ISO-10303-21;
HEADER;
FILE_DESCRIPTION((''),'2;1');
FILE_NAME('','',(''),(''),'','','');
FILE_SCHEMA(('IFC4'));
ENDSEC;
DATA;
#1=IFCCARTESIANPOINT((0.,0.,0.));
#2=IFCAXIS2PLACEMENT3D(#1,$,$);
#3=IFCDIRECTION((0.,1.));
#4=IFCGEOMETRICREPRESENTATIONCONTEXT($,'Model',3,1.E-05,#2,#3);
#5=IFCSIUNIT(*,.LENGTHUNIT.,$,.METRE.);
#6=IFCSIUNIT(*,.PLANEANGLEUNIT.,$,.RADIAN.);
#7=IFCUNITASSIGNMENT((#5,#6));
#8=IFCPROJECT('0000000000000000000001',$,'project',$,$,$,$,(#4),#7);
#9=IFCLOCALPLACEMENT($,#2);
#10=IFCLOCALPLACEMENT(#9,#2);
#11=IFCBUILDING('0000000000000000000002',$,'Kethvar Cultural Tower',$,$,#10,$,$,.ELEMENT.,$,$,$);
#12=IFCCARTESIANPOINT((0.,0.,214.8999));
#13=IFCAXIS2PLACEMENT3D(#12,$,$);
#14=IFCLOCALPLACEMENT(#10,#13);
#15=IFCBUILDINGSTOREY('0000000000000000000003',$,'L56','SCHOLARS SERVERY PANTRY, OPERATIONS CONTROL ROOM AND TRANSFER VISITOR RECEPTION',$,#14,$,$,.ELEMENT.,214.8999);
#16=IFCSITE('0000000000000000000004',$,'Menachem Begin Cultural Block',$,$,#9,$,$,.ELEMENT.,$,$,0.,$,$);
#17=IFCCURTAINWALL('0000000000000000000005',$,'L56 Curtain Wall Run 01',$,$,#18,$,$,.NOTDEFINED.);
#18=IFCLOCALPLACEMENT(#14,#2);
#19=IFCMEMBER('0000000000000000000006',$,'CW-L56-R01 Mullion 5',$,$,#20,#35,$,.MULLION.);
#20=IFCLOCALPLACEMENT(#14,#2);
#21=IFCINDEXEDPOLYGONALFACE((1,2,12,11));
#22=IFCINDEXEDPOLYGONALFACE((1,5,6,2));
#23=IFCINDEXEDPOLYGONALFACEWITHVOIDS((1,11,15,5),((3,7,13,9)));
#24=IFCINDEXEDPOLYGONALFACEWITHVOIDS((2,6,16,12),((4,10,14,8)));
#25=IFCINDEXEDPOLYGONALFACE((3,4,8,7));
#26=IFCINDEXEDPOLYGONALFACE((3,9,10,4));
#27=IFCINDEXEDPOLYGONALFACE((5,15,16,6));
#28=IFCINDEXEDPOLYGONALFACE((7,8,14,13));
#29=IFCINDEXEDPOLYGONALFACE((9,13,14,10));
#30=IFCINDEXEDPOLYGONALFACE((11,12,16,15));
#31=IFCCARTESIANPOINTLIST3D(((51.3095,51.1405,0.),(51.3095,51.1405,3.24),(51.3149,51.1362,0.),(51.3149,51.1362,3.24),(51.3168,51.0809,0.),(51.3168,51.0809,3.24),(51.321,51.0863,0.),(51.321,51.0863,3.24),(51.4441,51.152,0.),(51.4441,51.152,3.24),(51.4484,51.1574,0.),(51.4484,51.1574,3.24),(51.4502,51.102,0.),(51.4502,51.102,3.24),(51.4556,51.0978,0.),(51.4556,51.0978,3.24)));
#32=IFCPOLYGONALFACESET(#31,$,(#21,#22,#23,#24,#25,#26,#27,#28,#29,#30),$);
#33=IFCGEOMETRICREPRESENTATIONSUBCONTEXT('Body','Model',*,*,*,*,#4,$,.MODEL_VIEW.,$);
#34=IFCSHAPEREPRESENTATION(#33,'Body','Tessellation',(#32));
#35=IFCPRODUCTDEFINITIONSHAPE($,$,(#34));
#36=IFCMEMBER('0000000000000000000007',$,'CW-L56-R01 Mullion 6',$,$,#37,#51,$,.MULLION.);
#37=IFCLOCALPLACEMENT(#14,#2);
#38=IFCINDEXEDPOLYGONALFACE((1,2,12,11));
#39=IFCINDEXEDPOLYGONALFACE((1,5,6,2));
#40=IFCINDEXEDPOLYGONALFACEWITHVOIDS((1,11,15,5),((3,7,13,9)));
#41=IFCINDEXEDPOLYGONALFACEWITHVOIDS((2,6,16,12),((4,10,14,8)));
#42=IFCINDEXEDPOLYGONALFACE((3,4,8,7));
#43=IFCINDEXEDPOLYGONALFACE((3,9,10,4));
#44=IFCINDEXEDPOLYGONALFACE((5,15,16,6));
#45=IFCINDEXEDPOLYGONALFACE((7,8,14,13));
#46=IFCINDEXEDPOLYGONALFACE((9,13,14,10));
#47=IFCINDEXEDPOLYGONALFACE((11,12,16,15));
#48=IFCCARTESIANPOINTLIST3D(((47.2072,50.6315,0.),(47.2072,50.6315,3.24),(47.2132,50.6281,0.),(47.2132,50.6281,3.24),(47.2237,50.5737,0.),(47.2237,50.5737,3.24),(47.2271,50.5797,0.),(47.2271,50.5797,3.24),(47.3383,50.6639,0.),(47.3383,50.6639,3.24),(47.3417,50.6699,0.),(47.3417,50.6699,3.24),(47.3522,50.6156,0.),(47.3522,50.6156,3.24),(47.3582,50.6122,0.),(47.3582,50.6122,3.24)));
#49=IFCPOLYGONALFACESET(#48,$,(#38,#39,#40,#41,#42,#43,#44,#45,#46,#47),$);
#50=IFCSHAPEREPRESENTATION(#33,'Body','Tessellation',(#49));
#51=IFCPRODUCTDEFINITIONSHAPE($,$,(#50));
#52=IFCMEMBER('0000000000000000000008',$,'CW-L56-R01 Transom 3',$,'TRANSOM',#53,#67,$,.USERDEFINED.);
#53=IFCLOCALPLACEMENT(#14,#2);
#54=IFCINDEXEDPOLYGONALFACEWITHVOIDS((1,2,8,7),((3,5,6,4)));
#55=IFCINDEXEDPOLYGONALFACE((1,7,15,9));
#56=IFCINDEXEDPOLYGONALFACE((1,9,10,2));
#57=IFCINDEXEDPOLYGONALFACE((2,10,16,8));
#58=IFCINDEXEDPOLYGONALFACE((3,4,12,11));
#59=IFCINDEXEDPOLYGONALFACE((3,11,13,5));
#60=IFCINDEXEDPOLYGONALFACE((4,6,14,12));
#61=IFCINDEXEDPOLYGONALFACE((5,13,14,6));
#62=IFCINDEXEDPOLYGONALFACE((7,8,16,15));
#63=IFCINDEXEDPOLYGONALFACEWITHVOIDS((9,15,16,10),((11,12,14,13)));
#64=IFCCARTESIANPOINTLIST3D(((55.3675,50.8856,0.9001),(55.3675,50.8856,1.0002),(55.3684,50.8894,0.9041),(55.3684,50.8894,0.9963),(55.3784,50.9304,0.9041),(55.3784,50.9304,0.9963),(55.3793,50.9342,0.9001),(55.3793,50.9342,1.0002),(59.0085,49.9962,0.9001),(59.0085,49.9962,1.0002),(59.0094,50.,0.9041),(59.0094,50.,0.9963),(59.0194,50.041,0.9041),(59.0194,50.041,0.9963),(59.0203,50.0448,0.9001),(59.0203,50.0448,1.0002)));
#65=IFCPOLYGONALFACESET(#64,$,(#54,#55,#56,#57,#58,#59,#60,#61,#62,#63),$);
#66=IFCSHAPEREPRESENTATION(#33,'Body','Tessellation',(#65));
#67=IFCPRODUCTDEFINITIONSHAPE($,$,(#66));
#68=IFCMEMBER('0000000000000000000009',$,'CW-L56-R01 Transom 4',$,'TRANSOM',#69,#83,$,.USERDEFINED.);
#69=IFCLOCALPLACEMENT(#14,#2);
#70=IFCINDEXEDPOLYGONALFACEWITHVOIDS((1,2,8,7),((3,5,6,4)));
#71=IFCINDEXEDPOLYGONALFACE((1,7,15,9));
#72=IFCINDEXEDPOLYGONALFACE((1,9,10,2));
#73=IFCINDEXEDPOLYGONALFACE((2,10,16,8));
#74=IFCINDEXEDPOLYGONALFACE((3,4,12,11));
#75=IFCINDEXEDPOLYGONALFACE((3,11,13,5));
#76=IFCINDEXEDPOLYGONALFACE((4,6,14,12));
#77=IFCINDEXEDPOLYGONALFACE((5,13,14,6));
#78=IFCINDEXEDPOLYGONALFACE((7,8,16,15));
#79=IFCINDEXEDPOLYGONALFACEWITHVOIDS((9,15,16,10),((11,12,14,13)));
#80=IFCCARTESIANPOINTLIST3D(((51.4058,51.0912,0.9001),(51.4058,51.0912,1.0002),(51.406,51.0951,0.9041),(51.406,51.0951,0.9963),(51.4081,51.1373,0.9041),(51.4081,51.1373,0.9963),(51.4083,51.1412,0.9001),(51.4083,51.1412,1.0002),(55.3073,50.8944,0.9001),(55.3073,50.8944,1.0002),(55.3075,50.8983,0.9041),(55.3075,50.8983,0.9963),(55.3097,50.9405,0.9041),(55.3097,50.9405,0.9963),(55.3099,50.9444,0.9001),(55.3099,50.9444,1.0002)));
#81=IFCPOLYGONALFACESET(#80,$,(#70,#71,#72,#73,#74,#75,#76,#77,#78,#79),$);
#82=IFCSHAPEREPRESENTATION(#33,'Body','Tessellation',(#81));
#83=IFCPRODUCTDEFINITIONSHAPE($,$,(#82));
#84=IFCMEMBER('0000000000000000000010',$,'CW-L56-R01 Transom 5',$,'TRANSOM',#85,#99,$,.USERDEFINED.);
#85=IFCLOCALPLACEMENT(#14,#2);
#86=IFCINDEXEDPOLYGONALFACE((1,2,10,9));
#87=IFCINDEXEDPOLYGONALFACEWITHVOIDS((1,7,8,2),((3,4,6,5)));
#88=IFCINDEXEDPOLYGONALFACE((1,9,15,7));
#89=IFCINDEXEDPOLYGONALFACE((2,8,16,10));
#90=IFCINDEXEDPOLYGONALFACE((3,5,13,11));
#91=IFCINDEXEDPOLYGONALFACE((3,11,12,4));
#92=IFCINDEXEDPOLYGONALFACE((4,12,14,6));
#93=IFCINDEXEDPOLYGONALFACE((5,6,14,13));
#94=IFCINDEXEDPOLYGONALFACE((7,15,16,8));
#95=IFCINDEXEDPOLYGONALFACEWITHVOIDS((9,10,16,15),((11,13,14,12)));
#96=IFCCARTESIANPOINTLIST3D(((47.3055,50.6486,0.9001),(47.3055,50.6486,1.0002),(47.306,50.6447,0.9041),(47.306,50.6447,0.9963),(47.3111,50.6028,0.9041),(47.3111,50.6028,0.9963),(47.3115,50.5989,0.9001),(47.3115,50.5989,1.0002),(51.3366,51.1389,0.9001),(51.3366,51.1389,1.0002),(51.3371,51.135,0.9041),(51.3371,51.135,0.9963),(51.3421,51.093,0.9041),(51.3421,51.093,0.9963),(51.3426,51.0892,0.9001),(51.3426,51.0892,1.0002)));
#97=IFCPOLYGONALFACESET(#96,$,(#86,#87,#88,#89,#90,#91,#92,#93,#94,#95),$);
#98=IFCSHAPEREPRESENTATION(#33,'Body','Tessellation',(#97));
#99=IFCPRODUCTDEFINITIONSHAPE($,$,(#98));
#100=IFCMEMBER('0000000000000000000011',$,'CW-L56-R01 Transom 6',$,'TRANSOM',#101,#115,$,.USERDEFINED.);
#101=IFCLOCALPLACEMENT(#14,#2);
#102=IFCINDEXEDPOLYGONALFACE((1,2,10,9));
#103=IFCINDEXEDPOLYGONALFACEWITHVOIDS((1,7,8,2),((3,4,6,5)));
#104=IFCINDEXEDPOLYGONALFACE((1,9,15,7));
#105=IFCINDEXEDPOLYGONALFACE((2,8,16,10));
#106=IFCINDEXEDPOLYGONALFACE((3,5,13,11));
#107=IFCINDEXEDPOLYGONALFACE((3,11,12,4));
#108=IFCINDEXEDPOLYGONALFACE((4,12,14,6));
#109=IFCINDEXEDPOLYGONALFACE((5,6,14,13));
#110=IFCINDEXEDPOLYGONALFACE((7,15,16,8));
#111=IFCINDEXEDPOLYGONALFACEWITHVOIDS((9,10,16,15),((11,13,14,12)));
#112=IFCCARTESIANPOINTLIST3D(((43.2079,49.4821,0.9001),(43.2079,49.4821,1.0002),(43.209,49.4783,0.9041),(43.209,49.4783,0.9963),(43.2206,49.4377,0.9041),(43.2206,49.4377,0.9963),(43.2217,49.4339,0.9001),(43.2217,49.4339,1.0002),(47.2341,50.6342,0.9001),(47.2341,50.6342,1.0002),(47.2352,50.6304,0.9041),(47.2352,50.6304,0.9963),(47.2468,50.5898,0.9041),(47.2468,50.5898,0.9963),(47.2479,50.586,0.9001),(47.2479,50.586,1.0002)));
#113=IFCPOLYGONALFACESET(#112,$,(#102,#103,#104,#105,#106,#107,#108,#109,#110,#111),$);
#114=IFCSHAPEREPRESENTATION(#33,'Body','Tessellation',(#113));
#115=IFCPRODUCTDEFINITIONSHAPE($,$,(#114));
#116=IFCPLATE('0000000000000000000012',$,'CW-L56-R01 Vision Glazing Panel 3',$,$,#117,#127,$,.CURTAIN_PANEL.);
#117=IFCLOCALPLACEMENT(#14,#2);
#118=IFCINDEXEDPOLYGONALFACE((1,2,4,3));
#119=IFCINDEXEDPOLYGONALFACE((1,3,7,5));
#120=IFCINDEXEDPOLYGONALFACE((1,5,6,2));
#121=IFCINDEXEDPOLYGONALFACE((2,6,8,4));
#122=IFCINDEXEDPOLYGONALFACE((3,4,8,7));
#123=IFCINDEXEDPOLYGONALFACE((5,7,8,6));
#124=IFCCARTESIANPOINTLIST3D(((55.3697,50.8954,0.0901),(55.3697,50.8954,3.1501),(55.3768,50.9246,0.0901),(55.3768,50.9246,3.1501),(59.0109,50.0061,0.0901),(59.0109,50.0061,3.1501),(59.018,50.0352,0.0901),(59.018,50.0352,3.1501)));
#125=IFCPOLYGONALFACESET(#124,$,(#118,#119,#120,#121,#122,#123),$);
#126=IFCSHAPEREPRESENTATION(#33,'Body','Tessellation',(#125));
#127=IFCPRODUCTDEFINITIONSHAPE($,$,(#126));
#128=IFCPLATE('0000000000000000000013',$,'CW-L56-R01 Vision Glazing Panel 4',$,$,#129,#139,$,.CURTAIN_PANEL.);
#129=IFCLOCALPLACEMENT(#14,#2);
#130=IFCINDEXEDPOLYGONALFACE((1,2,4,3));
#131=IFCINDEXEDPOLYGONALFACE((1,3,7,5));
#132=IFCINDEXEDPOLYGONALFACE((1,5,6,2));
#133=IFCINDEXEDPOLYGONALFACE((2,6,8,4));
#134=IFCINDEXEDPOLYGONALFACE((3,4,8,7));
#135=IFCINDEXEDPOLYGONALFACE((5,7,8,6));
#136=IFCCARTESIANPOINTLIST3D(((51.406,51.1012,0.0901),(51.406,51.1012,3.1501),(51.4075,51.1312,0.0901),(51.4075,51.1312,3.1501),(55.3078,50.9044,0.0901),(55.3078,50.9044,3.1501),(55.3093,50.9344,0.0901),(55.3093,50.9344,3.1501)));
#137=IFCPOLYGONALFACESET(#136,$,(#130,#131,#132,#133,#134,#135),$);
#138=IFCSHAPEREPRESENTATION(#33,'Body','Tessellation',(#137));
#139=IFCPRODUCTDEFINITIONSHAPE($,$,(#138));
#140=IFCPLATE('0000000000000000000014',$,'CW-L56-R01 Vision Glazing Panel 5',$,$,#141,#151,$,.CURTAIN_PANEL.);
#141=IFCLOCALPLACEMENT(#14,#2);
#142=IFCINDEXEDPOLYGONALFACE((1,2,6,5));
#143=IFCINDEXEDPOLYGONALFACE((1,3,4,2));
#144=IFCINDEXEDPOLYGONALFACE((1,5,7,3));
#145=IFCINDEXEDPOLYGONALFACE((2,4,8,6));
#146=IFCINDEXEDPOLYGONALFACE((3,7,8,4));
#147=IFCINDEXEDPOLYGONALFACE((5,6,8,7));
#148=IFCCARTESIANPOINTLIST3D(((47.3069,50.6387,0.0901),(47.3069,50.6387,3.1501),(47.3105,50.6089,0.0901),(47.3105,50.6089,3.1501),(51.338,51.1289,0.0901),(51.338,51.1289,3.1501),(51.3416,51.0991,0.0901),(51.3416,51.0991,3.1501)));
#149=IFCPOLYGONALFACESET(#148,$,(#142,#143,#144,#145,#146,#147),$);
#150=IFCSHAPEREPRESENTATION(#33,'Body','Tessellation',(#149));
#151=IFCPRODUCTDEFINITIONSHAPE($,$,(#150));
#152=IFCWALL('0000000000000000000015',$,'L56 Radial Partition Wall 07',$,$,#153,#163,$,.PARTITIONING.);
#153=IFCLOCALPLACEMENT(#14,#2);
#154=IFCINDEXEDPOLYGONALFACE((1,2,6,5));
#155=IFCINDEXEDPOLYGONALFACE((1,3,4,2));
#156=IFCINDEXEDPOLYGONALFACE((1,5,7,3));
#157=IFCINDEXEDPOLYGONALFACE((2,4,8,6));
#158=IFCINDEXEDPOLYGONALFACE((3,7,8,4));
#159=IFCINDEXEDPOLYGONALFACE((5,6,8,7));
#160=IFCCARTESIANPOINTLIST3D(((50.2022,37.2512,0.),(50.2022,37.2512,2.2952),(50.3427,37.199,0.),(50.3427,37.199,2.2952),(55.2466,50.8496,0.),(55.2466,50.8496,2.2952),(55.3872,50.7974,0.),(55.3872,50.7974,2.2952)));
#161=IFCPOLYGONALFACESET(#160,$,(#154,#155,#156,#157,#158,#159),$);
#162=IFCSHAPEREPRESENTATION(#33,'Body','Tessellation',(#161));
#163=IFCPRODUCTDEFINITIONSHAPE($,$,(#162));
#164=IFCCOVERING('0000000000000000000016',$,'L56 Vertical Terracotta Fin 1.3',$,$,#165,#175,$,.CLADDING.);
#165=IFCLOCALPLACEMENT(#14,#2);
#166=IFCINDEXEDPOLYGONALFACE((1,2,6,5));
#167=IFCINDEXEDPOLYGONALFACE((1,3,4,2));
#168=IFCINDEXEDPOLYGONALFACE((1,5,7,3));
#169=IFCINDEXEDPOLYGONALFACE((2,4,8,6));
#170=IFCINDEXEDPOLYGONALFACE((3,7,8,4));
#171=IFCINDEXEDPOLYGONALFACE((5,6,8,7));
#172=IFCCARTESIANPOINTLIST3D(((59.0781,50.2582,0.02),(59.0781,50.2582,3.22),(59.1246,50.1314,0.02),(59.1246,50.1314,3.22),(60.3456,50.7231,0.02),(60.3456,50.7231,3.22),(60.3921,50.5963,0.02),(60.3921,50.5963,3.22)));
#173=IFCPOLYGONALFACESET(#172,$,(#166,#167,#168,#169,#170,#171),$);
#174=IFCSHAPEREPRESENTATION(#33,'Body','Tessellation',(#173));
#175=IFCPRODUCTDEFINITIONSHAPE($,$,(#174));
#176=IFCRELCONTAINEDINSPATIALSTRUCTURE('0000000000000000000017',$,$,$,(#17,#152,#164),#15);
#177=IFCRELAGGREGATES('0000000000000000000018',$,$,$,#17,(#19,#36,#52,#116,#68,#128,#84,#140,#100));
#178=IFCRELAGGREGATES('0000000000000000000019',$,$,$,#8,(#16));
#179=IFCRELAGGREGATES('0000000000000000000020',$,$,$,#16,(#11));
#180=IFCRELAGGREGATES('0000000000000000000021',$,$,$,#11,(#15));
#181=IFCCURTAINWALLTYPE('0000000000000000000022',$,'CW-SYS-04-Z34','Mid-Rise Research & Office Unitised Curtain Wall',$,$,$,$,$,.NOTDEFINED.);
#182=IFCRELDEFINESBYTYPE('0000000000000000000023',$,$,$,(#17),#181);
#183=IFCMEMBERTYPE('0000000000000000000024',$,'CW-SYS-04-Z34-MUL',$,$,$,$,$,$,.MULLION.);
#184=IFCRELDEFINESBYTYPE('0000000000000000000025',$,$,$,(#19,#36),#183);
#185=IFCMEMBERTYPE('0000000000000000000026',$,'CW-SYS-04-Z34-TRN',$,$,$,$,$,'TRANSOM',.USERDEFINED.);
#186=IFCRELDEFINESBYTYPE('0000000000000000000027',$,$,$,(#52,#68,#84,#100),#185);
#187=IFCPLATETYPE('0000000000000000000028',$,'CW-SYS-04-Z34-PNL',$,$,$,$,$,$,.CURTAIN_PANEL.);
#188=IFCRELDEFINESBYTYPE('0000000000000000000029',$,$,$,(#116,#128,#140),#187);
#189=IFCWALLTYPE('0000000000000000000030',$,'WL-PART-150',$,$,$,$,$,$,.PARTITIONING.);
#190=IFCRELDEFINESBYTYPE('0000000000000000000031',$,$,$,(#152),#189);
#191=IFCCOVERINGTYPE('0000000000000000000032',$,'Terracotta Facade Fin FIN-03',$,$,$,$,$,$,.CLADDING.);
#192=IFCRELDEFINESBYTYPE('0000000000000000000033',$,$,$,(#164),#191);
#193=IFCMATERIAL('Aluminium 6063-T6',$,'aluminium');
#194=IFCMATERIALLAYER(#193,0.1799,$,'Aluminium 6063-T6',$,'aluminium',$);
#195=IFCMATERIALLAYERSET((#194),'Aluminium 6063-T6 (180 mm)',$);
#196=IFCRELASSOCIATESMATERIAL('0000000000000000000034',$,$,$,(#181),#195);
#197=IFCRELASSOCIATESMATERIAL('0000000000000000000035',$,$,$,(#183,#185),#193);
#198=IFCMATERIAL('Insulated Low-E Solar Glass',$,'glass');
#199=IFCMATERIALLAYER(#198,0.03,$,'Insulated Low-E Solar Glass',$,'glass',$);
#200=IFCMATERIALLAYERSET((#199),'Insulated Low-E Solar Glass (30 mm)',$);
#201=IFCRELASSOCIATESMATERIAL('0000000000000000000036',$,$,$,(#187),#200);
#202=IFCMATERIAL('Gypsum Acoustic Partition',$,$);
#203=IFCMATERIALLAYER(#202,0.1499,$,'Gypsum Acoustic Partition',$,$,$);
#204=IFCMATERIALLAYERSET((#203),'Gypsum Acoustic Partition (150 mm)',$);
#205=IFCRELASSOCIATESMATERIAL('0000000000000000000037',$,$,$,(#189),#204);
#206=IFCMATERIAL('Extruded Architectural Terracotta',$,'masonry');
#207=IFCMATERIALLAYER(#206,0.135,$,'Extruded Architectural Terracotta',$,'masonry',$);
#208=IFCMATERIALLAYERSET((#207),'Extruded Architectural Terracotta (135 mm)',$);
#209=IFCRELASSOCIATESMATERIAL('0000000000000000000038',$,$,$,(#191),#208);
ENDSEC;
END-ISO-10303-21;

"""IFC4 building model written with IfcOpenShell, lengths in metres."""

from ifc_helpers import new_model, si_unit, direction, frame, frame_2d, origin, origin_2d, place, context, subcontext, project, spatial, rectangle, hollow_rectangle, extrude, source, transform, mapped, material, layer, layer_set, material_profile, profile_set, type_object, element, aggregate, save


model = new_model("IFC4")

# Units and contexts
model_context = context("Model", 3, precision=1e-05, world=origin(), true_north=direction((0.0, 1.0)))
body_context = subcontext(model_context, "Body", "Model", "MODEL_VIEW")
ifc_project = project(units=[si_unit("LENGTHUNIT", "METRE"), si_unit("PLANEANGLEUNIT", "RADIAN")], contexts=[model_context])

# Site, building, storey
site_placement = place(None, origin())
site = spatial("IfcSite", under=ifc_project, at=site_placement, Name="Menachem Begin Cultural Block", CompositionType="ELEMENT", RefElevation=0.0)
building_placement = place(site_placement, origin())
building = spatial("IfcBuilding", under=site, at=building_placement, Name="Kethvar Cultural Tower", CompositionType="ELEMENT")
storey_placement = place(building_placement, frame((0.0, 0.0, 214.8999)))
storey = spatial("IfcBuildingStorey", under=building, at=storey_placement, Name="L56", Description="SCHOLARS SERVERY PANTRY, OPERATIONS CONTROL ROOM AND TRANSFER VISITOR RECEPTION", CompositionType="ELEMENT", Elevation=214.8999)

# Curtain wall, members, plates
ifc_material_1 = material(Name="Aluminium 6063-T6", Category="aluminium")
ifc_layer_1 = layer(ifc_material_1, 0.1799, Name="Aluminium 6063-T6", Category="aluminium")
ifc_layer_set_1 = layer_set([ifc_layer_1], Name="Aluminium 6063-T6 (180 mm)")
curtain_wall_type = type_object("IfcCurtainWallType", Name="CW-SYS-04-Z34", Description="Mid-Rise Research & Office Unitised Curtain Wall", PredefinedType="NOTDEFINED", material=ifc_layer_set_1)
curtain_wall_placement = place(storey_placement, origin())
curtain_wall = element("IfcCurtainWall", 1, at=curtain_wall_placement, inside=storey, type_object=curtain_wall_type, Name="L56 Curtain Wall Run 01", PredefinedType="NOTDEFINED")
ifc_material_profile_1 = material_profile(ifc_material_1, hollow_rectangle(XDim=0.0601, YDim=0.1399, WallThickness=0.0049, at=origin_2d()), Name="Aluminium 6063-T6 — RHS140x60x5")
ifc_profile_set_1 = profile_set([ifc_material_profile_1], Name="Aluminium 6063-T6 — RHS140x60x5")
member_type_1 = type_object("IfcMemberType", Name="CW-SYS-04-Z34-MUL", PredefinedType="MULLION", material=ifc_profile_set_1)
shared_shape_1 = source(origin(), body_context, "Body", "SweptSolid", [
    extrude(hollow_rectangle(XDim=0.0601, YDim=0.1399, WallThickness=0.0049, at=origin_2d()), origin(), (0.0, 0.0, 1.0), 3.24),
])
member_1_placement = place(storey_placement, frame((51.3826, 51.1191, 0.0), z_axis=(0.0, 0.0, 1.0), x_axis=(0.120709, -0.992688, 0.0)))
member_1 = element("IfcMember", 2, at=member_1_placement, type_object=member_type_1, Name="CW-L56-R01 Mullion 5", PredefinedType="MULLION", context=body_context, shape_type="MappedRepresentation", body=[
    mapped(shared_shape_1, transform((0.0, 0.0, 0.0), scale=1.0)),
])
member_2_placement = place(storey_placement, frame((47.2827, 50.6218, 0.0), z_axis=(0.0, 0.0, 1.0), x_axis=(0.275117, -0.961411, 0.0)))
member_2 = element("IfcMember", 3, at=member_2_placement, type_object=member_type_1, Name="CW-L56-R01 Mullion 6", PredefinedType="MULLION", context=body_context, shape_type="MappedRepresentation", body=[
    mapped(shared_shape_1, transform((0.0, 0.0, 0.0), scale=1.0)),
])
ifc_material_profile_2 = material_profile(ifc_material_1, hollow_rectangle(XDim=0.05, YDim=0.1001, WallThickness=0.0039, at=origin_2d()), Name="Aluminium 6063-T6 — RHS100x50x4")
ifc_profile_set_2 = profile_set([ifc_material_profile_2], Name="Aluminium 6063-T6 — RHS100x50x4")
member_type_2 = type_object("IfcMemberType", Name="CW-SYS-04-Z34-TRN", ElementType="TRANSOM", PredefinedType="USERDEFINED", material=ifc_profile_set_2)
shared_shape_2 = source(origin(), body_context, "Body", "SweptSolid", [
    extrude(hollow_rectangle(XDim=0.05, YDim=0.1001, WallThickness=0.0039, at=origin_2d()), origin(), (0.0, 0.0, 1.0), 3.748),
])
member_3_placement = place(storey_placement, frame((59.0144, 50.0205, 0.9502), z_axis=(-0.971439, 0.237291, 0.0), x_axis=(-0.237291, -0.971439, 0.0)))
member_3 = element("IfcMember", 4, at=member_3_placement, type_object=member_type_2, Name="CW-L56-R01 Transom 3", ObjectType="TRANSOM", PredefinedType="USERDEFINED", context=body_context, shape_type="MappedRepresentation", body=[
    mapped(shared_shape_2, transform((0.0, 0.0, 0.0), scale=1.0)),
])
shared_shape_3 = source(origin(), body_context, "Body", "SweptSolid", [
    extrude(hollow_rectangle(XDim=0.05, YDim=0.1001, WallThickness=0.0039, at=origin_2d()), origin(), (0.0, 0.0, 1.0), 3.9065),
])
member_4_placement = place(storey_placement, frame((55.3086, 50.9194, 0.9502), z_axis=(-0.998731, 0.050371, 0.0), x_axis=(-0.050371, -0.998731, 0.0)))
member_4 = element("IfcMember", 5, at=member_4_placement, type_object=member_type_2, Name="CW-L56-R01 Transom 4", ObjectType="TRANSOM", PredefinedType="USERDEFINED", context=body_context, shape_type="MappedRepresentation", body=[
    mapped(shared_shape_3, transform((0.0, 0.0, 0.0), scale=1.0)),
])
shared_shape_4 = source(origin(), body_context, "Body", "SweptSolid", [
    extrude(hollow_rectangle(XDim=0.05, YDim=0.1001, WallThickness=0.0039, at=origin_2d()), origin(), (0.0, 0.0, 1.0), 4.0608),
])
member_5_placement = place(storey_placement, frame((51.3396, 51.114, 0.9502), z_axis=(-0.992686, -0.120726, 0.0), x_axis=(0.120726, -0.992686, 0.0)))
member_5 = element("IfcMember", 6, at=member_5_placement, type_object=member_type_2, Name="CW-L56-R01 Transom 5", ObjectType="TRANSOM", PredefinedType="USERDEFINED", context=body_context, shape_type="MappedRepresentation", body=[
    mapped(shared_shape_4, transform((0.0, 0.0, 0.0), scale=1.0)),
])
shared_shape_5 = source(origin(), body_context, "Body", "SweptSolid", [
    extrude(hollow_rectangle(XDim=0.05, YDim=0.1001, WallThickness=0.0039, at=origin_2d()), origin(), (0.0, 0.0, 1.0), 4.1877),
])
member_6_placement = place(storey_placement, frame((47.241, 50.6101, 0.9502), z_axis=(-0.961412, -0.275114, 0.0), x_axis=(0.275114, -0.961412, 0.0)))
member_6 = element("IfcMember", 7, at=member_6_placement, type_object=member_type_2, Name="CW-L56-R01 Transom 6", ObjectType="TRANSOM", PredefinedType="USERDEFINED", context=body_context, shape_type="MappedRepresentation", body=[
    mapped(shared_shape_5, transform((0.0, 0.0, 0.0), scale=1.0)),
])
ifc_material_2 = material(Name="Insulated Low-E Solar Glass", Category="glass")
ifc_layer_2 = layer(ifc_material_2, 0.03, Name="Insulated Low-E Solar Glass", Category="glass")
ifc_layer_set_2 = layer_set([ifc_layer_2], Name="Insulated Low-E Solar Glass (30 mm)")
plate_type = type_object("IfcPlateType", Name="CW-SYS-04-Z34-PNL", PredefinedType="CURTAIN_PANEL", material=ifc_layer_set_2)
shared_shape_6 = source(origin(), body_context, "Body", "SweptSolid", [
    extrude(rectangle(XDim=3.7483, YDim=0.03, at=origin_2d()), origin(), (0.0, 0.0, 1.0), 3.0601),
])
plate_1_placement = place(storey_placement, frame((57.1938, 50.4653, 0.0901), z_axis=(0.0, 0.0, 1.0), x_axis=(-0.971442, 0.237279, 0.0)))
plate_1 = element("IfcPlate", 8, at=plate_1_placement, type_object=plate_type, Name="CW-L56-R01 Vision Glazing Panel 3", PredefinedType="CURTAIN_PANEL", context=body_context, shape_type="MappedRepresentation", body=[
    mapped(shared_shape_6, transform((0.0, 0.0, 0.0), scale=1.0)),
])
shared_shape_7 = source(origin(), body_context, "Body", "SweptSolid", [
    extrude(rectangle(XDim=3.9067, YDim=0.03, at=origin_2d()), origin(), (0.0, 0.0, 1.0), 3.0601),
])
plate_2_placement = place(storey_placement, frame((53.3577, 51.0178, 0.0901), z_axis=(0.0, 0.0, 1.0), x_axis=(-0.99873, 0.050384, 0.0)))
plate_2 = element("IfcPlate", 9, at=plate_2_placement, type_object=plate_type, Name="CW-L56-R01 Vision Glazing Panel 4", PredefinedType="CURTAIN_PANEL", context=body_context, shape_type="MappedRepresentation", body=[
    mapped(shared_shape_7, transform((0.0, 0.0, 0.0), scale=1.0)),
])
shared_shape_8 = source(origin(), body_context, "Body", "SweptSolid", [
    extrude(rectangle(XDim=4.0608, YDim=0.03, at=origin_2d()), origin(), (0.0, 0.0, 1.0), 3.0601),
])
plate_3_placement = place(storey_placement, frame((49.3242, 50.8689, 0.0901), z_axis=(0.0, 0.0, 1.0), x_axis=(-0.992688, -0.120709, 0.0)))
plate_3 = element("IfcPlate", 10, at=plate_3_placement, type_object=plate_type, Name="CW-L56-R01 Vision Glazing Panel 5", PredefinedType="CURTAIN_PANEL", context=body_context, shape_type="MappedRepresentation", body=[
    mapped(shared_shape_8, transform((0.0, 0.0, 0.0), scale=1.0)),
])
aggregate(curtain_wall, [member_1, member_2, member_3, plate_1, member_4, plate_2, member_5, plate_3, member_6])

# Wall
ifc_material_3 = material(Name="Gypsum Acoustic Partition")
ifc_layer_3 = layer(ifc_material_3, 0.1499, Name="Gypsum Acoustic Partition")
ifc_layer_set_3 = layer_set([ifc_layer_3], Name="Gypsum Acoustic Partition (150 mm)")
wall_type = type_object("IfcWallType", Name="WL-PART-150", PredefinedType="PARTITIONING", material=ifc_layer_set_3)
wall_placement = place(storey_placement, frame((50.2725, 37.2251, 0.0), z_axis=(0.0, 0.0, 1.0), x_axis=(0.347799, 0.937569, 0.0)))
element("IfcWall", 11, at=wall_placement, inside=storey, type_object=wall_type, Name="L56 Radial Partition Wall 07", PredefinedType="PARTITIONING", context=body_context, shape_type="SweptSolid", body=[
    extrude(rectangle(XDim=14.5039, YDim=0.1499, at=frame_2d((7.252, 0.0))), origin(), (0.0, 0.0, 1.0), 2.2952),
])

# Covering
ifc_material_4 = material(Name="Extruded Architectural Terracotta", Category="masonry")
ifc_layer_4 = layer(ifc_material_4, 0.135, Name="Extruded Architectural Terracotta", Category="masonry")
ifc_layer_set_4 = layer_set([ifc_layer_4], Name="Extruded Architectural Terracotta (135 mm)")
covering_type = type_object("IfcCoveringType", Name="Terracotta Facade Fin FIN-03", PredefinedType="CLADDING", material=ifc_layer_set_4)
shared_shape_9 = source(origin(), body_context, "Body", "SweptSolid", [
    extrude(rectangle(XDim=1.3501, YDim=0.135, at=origin_2d()), origin(), (0.0, 0.0, 1.0), 3.2),
])
for number, where, z_axis, x_axis, name in (
    (12, (59.7351, 50.4272, 0.02), (0.0, 0.0, 1.0), (0.938854, 0.344315, 0.0), "L56 Vertical Terracotta Fin 1.3"),
):
    element("IfcCovering", number, at=place(storey_placement, frame(where, z_axis=z_axis, x_axis=x_axis)), inside=storey, type_object=covering_type, Name=name, PredefinedType="CLADDING", context=body_context, shape_type="MappedRepresentation", body=[
        mapped(shared_shape_9, transform((0.0, 0.0, 0.0), scale=1.0)),
    ])

save(model, "model.ifc")
